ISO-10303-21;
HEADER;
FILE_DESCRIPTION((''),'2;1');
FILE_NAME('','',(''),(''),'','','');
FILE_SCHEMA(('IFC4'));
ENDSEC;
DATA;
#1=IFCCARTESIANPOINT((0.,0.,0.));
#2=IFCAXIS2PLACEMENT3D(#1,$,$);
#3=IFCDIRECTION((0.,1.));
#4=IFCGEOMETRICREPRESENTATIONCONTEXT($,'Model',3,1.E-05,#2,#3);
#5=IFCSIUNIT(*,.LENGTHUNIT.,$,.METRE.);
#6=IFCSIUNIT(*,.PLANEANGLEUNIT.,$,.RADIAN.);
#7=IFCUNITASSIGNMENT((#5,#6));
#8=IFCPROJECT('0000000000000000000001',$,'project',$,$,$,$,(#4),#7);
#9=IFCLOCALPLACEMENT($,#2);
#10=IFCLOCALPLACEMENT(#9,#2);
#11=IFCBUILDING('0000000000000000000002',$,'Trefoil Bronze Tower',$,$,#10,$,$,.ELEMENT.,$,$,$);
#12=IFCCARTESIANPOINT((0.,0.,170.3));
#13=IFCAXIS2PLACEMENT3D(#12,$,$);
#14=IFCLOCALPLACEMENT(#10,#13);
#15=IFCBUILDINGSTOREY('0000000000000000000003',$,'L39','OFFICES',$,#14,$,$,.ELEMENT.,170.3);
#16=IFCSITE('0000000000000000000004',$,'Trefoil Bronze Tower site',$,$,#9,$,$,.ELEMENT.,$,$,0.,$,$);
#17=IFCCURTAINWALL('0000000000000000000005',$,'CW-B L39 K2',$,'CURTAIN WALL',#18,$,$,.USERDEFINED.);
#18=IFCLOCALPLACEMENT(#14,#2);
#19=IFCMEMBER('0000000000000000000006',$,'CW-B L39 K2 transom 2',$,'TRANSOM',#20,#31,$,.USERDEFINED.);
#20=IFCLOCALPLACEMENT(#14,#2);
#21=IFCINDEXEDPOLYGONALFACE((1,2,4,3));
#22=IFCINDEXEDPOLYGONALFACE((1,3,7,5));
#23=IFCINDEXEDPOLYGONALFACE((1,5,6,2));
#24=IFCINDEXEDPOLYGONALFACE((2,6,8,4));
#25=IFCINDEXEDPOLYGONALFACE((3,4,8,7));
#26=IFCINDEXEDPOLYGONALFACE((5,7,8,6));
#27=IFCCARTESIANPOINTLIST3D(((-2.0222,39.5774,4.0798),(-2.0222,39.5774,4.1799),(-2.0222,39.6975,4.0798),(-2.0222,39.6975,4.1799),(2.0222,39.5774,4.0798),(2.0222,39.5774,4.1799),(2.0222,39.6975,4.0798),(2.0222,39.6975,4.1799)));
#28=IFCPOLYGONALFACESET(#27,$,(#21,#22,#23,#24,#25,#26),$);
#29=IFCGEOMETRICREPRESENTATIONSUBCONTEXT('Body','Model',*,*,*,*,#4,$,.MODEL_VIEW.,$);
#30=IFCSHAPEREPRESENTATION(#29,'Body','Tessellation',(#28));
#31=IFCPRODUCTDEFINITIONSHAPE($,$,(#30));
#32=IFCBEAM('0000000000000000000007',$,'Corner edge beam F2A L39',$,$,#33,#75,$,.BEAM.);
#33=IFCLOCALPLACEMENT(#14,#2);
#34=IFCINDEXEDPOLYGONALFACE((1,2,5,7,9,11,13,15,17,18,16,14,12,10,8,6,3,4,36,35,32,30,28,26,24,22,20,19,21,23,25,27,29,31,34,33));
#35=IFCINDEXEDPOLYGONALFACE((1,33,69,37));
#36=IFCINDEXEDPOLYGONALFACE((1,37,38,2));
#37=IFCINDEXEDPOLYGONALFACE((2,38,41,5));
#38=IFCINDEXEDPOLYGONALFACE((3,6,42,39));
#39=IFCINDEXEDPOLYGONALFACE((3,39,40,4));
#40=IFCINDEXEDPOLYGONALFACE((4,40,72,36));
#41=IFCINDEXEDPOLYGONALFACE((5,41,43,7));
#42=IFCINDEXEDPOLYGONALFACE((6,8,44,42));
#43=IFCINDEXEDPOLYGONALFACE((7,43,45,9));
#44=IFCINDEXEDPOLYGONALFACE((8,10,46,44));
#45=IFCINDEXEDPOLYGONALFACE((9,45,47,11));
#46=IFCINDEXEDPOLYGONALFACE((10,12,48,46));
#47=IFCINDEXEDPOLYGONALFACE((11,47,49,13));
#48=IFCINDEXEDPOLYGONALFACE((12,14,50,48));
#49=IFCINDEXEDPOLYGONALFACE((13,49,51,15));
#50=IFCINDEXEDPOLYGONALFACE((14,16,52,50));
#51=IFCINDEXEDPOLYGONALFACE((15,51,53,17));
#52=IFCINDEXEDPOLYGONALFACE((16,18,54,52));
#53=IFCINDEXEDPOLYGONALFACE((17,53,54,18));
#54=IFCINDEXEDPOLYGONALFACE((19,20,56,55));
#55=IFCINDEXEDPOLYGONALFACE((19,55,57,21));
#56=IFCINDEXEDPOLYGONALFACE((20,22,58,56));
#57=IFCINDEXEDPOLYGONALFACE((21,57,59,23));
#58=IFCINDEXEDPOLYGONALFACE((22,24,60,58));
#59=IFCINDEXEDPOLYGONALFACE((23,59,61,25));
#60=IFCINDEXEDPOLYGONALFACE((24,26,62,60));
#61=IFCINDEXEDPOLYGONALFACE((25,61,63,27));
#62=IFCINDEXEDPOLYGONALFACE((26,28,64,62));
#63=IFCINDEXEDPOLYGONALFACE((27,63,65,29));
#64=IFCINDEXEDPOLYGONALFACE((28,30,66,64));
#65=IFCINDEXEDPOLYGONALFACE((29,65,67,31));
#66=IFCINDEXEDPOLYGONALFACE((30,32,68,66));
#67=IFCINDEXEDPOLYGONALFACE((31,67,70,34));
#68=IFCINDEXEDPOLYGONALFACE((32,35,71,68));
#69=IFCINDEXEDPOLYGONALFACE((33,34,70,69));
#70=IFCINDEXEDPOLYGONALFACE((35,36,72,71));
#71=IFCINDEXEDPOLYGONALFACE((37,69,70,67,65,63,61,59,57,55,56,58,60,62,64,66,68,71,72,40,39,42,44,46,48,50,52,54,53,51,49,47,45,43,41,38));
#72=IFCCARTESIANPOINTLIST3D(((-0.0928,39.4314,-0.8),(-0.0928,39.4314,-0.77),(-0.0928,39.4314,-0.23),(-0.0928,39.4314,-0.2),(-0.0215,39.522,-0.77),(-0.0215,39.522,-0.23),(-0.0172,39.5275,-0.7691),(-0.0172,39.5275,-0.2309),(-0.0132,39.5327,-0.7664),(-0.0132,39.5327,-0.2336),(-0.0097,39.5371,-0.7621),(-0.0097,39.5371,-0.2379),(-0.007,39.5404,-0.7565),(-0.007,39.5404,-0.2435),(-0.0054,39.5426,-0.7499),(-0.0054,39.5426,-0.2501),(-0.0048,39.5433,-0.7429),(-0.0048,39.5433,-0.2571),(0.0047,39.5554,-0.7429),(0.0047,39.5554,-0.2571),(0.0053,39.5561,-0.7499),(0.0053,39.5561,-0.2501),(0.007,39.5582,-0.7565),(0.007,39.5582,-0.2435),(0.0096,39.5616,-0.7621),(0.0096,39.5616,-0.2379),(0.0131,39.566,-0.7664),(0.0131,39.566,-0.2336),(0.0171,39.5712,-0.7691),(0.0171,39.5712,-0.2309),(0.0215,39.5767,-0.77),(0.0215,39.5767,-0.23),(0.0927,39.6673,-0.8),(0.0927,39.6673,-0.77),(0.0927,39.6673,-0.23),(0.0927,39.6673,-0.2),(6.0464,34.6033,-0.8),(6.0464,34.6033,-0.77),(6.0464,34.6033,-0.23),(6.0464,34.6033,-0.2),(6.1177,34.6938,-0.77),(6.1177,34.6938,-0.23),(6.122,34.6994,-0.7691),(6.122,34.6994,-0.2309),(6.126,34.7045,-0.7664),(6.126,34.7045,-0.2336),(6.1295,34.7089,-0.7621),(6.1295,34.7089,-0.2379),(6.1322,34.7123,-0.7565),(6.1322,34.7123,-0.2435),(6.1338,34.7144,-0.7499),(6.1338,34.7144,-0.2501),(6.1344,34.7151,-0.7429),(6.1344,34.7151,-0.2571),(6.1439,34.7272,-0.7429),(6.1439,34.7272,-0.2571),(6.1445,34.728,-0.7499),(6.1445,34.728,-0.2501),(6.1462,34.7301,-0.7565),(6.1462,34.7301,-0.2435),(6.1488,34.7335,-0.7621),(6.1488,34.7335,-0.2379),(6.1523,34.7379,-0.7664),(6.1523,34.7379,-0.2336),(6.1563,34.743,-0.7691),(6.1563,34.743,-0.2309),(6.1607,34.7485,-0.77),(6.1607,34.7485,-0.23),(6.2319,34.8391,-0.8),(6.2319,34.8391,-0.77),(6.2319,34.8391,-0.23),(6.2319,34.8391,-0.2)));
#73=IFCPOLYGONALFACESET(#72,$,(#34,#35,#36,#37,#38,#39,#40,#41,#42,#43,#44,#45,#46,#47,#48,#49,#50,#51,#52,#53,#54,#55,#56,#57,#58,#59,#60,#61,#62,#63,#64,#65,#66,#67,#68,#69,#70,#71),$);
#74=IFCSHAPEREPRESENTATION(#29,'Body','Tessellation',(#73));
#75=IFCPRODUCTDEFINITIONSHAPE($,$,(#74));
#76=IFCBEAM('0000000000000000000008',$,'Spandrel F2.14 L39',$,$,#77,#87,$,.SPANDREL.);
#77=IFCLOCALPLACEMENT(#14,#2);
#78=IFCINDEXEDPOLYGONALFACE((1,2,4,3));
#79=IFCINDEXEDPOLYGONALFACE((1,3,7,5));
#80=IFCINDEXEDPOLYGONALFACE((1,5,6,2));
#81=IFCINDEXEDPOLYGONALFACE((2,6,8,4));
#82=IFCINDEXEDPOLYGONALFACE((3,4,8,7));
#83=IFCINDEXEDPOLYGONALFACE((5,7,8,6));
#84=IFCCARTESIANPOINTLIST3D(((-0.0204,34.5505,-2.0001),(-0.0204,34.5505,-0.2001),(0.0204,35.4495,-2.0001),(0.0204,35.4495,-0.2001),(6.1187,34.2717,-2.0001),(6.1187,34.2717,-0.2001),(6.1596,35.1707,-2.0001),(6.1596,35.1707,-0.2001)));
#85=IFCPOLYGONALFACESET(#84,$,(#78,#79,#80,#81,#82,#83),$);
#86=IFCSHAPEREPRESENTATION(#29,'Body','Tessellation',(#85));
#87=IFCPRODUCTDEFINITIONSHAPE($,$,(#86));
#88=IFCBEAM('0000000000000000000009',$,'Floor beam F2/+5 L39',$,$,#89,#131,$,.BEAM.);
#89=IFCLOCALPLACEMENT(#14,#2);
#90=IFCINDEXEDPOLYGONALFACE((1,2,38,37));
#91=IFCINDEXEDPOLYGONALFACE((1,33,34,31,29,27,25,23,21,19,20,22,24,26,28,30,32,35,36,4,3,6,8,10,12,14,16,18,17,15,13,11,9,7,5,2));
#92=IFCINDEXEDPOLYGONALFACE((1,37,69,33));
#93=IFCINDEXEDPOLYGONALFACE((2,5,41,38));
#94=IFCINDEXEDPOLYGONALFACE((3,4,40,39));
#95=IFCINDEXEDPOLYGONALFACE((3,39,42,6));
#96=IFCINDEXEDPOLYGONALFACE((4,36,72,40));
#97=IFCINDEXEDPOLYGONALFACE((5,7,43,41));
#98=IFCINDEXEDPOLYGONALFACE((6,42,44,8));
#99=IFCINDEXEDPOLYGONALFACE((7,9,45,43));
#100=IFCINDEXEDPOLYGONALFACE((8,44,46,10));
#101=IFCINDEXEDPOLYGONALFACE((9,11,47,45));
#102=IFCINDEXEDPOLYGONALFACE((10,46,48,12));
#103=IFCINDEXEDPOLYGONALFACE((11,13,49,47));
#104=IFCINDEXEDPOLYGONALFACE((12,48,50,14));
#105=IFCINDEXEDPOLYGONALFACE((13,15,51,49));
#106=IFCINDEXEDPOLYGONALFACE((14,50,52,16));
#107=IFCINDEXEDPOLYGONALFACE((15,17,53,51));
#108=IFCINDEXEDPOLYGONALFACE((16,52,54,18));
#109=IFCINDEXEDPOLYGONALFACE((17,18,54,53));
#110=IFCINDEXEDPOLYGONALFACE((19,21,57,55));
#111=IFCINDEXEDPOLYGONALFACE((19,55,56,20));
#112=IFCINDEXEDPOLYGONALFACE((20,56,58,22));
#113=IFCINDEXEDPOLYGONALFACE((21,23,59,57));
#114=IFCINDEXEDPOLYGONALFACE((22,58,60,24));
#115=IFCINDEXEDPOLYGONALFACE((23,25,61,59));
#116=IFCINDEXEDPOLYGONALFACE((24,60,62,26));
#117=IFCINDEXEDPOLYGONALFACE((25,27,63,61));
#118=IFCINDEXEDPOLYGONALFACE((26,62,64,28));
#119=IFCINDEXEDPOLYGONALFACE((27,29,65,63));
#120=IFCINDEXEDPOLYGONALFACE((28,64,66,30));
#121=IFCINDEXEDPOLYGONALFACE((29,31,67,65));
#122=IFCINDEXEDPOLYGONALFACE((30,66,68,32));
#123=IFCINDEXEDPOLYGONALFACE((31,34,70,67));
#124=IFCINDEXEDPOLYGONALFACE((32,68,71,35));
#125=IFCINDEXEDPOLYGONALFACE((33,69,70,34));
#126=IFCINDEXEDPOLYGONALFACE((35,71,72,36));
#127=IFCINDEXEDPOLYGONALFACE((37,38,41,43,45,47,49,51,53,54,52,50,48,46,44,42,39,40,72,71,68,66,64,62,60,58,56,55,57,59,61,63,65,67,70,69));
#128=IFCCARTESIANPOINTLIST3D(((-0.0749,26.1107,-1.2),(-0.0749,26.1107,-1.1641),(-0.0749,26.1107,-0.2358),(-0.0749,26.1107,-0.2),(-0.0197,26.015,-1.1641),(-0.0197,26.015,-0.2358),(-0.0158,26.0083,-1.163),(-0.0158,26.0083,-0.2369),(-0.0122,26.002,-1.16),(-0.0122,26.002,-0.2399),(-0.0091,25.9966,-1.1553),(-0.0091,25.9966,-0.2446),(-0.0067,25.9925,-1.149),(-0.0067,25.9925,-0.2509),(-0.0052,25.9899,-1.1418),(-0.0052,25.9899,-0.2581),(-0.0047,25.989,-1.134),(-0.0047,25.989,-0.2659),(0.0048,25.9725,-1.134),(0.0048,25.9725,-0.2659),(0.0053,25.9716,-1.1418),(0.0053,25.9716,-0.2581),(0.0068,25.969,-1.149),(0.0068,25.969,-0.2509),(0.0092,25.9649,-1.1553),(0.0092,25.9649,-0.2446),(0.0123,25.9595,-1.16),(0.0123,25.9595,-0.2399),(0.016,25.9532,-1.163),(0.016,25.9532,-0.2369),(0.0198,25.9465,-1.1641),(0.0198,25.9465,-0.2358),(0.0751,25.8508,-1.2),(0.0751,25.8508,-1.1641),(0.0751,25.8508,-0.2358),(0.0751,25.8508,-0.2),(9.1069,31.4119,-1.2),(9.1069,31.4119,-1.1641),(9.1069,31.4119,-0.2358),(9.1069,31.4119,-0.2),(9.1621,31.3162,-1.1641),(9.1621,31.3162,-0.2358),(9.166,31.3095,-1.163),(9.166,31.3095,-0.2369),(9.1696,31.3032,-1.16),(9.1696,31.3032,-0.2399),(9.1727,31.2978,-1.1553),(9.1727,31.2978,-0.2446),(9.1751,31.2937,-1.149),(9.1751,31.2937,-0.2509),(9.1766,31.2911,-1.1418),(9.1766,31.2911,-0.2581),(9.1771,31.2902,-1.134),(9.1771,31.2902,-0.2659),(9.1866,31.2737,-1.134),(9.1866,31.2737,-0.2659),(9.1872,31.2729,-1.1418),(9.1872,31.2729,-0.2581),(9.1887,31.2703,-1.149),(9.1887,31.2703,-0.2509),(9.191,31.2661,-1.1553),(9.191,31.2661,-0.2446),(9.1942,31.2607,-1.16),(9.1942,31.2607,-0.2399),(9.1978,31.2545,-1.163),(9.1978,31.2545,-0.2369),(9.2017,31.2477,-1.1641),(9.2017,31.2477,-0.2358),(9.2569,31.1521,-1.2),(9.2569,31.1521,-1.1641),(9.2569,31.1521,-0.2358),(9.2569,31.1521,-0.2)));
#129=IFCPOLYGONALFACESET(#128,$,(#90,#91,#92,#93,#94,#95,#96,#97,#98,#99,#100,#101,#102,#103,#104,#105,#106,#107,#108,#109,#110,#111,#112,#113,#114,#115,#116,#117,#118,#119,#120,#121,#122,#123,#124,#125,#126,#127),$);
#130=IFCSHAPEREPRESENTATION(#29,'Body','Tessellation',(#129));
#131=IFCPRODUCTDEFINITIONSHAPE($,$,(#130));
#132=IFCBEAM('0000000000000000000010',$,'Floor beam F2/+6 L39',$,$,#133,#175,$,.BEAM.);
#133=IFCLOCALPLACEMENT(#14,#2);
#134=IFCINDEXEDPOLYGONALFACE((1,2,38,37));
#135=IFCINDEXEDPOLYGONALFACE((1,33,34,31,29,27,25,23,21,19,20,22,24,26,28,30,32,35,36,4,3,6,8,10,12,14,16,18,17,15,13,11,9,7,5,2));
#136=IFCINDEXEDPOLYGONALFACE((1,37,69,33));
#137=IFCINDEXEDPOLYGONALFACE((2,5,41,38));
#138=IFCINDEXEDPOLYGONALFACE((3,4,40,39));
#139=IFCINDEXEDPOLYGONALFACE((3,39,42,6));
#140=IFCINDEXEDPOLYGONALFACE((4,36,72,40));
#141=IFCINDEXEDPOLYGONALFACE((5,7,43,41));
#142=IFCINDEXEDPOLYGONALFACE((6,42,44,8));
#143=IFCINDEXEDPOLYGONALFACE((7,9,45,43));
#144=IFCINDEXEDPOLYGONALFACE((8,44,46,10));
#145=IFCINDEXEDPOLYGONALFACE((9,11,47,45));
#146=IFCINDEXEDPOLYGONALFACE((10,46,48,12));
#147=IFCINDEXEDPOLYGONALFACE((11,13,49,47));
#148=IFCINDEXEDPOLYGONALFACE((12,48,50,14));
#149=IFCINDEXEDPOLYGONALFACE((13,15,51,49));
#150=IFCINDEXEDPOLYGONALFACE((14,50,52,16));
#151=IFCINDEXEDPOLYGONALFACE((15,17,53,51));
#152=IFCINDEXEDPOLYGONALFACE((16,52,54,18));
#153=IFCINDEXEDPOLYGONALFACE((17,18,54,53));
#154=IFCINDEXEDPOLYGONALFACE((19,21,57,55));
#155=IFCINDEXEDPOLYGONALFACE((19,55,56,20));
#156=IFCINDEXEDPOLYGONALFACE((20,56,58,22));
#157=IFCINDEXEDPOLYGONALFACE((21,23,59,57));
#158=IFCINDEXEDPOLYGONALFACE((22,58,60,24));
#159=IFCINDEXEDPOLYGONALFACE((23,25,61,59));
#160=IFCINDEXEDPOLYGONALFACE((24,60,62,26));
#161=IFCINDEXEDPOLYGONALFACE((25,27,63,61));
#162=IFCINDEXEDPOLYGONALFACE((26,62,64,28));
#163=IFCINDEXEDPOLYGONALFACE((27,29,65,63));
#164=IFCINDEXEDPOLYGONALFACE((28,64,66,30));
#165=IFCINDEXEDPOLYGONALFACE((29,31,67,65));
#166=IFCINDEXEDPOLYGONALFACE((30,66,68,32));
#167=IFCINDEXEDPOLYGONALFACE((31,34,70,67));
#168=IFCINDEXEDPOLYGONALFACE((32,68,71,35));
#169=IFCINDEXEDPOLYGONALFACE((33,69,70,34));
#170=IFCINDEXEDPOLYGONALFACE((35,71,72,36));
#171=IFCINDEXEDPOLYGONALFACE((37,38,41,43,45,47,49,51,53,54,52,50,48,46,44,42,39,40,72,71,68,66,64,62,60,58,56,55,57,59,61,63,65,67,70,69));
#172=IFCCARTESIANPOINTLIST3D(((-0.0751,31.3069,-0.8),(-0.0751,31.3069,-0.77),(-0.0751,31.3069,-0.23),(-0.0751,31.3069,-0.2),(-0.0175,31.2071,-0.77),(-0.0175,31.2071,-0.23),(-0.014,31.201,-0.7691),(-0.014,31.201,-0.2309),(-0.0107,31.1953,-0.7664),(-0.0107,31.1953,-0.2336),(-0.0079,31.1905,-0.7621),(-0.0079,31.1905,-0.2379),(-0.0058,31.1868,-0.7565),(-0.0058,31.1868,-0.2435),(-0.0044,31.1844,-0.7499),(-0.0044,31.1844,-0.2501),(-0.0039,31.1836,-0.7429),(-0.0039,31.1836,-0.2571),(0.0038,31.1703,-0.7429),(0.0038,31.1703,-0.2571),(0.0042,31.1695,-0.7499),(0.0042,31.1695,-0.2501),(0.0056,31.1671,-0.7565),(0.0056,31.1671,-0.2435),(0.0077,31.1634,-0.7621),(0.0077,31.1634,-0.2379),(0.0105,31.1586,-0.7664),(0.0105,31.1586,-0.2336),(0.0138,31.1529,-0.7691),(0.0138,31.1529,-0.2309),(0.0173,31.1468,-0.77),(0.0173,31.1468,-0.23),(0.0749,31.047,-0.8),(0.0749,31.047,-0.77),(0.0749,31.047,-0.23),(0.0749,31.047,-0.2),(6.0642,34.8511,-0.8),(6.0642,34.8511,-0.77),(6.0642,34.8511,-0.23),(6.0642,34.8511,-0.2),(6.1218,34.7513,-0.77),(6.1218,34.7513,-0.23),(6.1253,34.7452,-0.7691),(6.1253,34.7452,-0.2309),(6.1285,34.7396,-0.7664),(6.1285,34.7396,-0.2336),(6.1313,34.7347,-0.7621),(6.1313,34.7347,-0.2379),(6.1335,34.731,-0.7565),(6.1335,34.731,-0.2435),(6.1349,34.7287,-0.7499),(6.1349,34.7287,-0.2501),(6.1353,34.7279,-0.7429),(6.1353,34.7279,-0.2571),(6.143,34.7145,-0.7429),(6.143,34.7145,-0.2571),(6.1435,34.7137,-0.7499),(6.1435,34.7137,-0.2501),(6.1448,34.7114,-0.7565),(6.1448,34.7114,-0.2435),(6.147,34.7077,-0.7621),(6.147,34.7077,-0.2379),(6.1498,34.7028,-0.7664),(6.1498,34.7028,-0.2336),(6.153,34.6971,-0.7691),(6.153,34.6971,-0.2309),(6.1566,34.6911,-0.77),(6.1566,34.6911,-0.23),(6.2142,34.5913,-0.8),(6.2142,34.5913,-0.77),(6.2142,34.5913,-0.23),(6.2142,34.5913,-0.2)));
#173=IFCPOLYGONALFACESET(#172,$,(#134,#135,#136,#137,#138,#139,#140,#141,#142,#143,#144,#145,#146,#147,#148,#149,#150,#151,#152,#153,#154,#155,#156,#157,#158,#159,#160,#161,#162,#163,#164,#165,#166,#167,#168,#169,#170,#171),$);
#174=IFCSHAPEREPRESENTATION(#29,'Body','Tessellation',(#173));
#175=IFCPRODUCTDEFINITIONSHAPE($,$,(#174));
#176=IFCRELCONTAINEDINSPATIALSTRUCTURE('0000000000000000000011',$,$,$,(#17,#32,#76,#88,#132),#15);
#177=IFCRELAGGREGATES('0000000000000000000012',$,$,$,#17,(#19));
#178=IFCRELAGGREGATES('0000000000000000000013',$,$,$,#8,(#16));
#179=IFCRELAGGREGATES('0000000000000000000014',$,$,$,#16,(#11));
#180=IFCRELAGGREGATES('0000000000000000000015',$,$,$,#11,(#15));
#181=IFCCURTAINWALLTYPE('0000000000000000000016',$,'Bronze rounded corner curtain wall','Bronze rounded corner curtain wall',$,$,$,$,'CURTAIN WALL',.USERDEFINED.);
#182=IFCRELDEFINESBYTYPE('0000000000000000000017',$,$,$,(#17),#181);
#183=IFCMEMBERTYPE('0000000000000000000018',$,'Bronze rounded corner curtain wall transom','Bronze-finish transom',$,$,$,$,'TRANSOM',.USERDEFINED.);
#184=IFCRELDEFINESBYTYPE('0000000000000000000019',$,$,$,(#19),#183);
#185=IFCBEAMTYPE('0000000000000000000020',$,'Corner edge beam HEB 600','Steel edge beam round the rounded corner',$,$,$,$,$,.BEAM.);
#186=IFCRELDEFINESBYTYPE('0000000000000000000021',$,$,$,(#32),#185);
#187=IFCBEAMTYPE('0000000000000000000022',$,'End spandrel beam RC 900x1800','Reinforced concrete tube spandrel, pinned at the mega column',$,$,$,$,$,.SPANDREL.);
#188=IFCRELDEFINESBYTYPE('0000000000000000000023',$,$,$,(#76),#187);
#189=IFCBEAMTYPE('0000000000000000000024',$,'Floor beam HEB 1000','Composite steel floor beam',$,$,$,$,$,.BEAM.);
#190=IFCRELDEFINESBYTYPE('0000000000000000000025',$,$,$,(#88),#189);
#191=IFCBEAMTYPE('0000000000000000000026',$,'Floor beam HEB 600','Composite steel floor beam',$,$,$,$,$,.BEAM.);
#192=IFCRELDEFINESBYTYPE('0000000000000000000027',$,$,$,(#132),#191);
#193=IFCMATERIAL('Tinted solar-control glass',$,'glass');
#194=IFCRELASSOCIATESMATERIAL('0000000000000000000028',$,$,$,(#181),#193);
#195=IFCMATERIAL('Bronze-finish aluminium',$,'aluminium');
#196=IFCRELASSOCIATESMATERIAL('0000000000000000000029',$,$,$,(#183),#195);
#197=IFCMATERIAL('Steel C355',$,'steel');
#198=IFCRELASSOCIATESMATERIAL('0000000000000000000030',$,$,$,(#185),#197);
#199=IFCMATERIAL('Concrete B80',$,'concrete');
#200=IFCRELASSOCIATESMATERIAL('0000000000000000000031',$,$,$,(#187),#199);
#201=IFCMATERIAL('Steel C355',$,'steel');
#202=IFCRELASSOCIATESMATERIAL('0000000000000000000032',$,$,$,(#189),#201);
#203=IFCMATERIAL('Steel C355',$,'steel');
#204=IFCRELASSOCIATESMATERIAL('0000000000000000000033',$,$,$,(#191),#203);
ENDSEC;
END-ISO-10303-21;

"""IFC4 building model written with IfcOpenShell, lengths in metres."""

from ifc_helpers import new_model, si_unit, direction, frame, origin, origin_2d, place, context, subcontext, project, spatial, rectangle, i_section, extrude, material, material_profile, profile_set, type_object, element, aggregate, save


model = new_model("IFC4")

# Units and contexts
model_context = context("Model", 3, precision=1e-05, world=origin(), true_north=direction((0.0, 1.0)))
body_context = subcontext(model_context, "Body", "Model", "MODEL_VIEW")
ifc_project = project(units=[si_unit("LENGTHUNIT", "METRE"), si_unit("PLANEANGLEUNIT", "RADIAN")], contexts=[model_context])

# Site, building, storey
site_placement = place(None, origin())
site = spatial("IfcSite", under=ifc_project, at=site_placement, Name="Trefoil Bronze Tower site", CompositionType="ELEMENT", RefElevation=0.0)
building_placement = place(site_placement, origin())
building = spatial("IfcBuilding", under=site, at=building_placement, Name="Trefoil Bronze Tower", CompositionType="ELEMENT")
storey_placement = place(building_placement, frame((0.0, 0.0, 170.3)))
storey = spatial("IfcBuildingStorey", under=building, at=storey_placement, Name="L39", Description="OFFICES", CompositionType="ELEMENT", Elevation=170.3)

# Curtain wall, member
ifc_material_1 = material(Name="Tinted solar-control glass", Category="glass")
curtain_wall_type_1 = type_object("IfcCurtainWallType", Name="Bronze rounded corner curtain wall", Description="Bronze rounded corner curtain wall", ElementType="CURTAIN WALL", PredefinedType="USERDEFINED", material=ifc_material_1)
curtain_wall_1_placement = place(storey_placement, origin())
curtain_wall_1 = element("IfcCurtainWall", 1, at=curtain_wall_1_placement, inside=storey, type_object=curtain_wall_type_1, Name="CW-B L39 K2", ObjectType="CURTAIN WALL", PredefinedType="USERDEFINED")
ifc_material_2 = material(Name="Bronze-finish aluminium", Category="aluminium")
ifc_material_profile_1 = material_profile(ifc_material_2, rectangle(XDim=0.1201, YDim=0.1001, at=origin_2d()), Name="CW-B transom")
ifc_profile_set_1 = profile_set([ifc_material_profile_1], Name="Bronze-finish aluminium")
member_type_1 = type_object("IfcMemberType", Name="Bronze rounded corner curtain wall transom", Description="Bronze-finish transom", ElementType="TRANSOM", PredefinedType="USERDEFINED", material=ifc_profile_set_1)
member_1_placement = place(storey_placement, frame((2.0222, 39.6375, 4.1299), z_axis=(-1.0, 0.0, 0.0), x_axis=(0.0, -1.0, 0.0)))
member_1 = element("IfcMember", 2, at=member_1_placement, type_object=member_type_1, Name="CW-B L39 K2 transom 2", ObjectType="TRANSOM", PredefinedType="USERDEFINED", context=body_context, shape_type="SweptSolid", body=[
    extrude(rectangle(XDim=0.1201, YDim=0.1001, at=origin_2d()), origin(), (0.0, 0.0, 1.0), 4.0444),
])

# Beams
ifc_material_3 = material(Name="Steel C355", Category="steel")
ifc_material_profile_2 = material_profile(ifc_material_3, i_section(OverallWidth=0.3, OverallDepth=0.6001, WebThickness=0.0154, FlangeThickness=0.03, FilletRadius=0.0271, at=origin_2d()), Name="HEB 600")
ifc_profile_set_2 = profile_set([ifc_material_profile_2], Name="Steel C355")
beam_type_1 = type_object("IfcBeamType", Name="Corner edge beam HEB 600", Description="Steel edge beam round the rounded corner", PredefinedType="BEAM", material=ifc_profile_set_2)
beam_1_placement = place(storey_placement, frame((6.1392, 34.7212, -0.5), z_axis=(-0.786038, 0.618178, 0.0), x_axis=(-0.618178, -0.786038, 0.0)))
element("IfcBeam", 3, at=beam_1_placement, inside=storey, type_object=beam_type_1, Name="Corner edge beam F2A L39", PredefinedType="BEAM", context=body_context, shape_type="SweptSolid", body=[
    extrude(i_section(OverallWidth=0.3, OverallDepth=0.6001, WebThickness=0.0154, FlangeThickness=0.03, FilletRadius=0.0271, at=origin_2d()), origin(), (0.0, 0.0, 1.0), 7.8103),
])
ifc_material_4 = material(Name="Concrete B80", Category="concrete")
ifc_material_profile_3 = material_profile(ifc_material_4, rectangle(XDim=0.8999, YDim=1.8, at=origin_2d()), Name="RC 900x1800")
ifc_profile_set_3 = profile_set([ifc_material_profile_3], Name="Concrete B80")
beam_type_2 = type_object("IfcBeamType", Name="End spandrel beam RC 900x1800", Description="Reinforced concrete tube spandrel, pinned at the mega column", PredefinedType="SPANDREL", material=ifc_profile_set_3)
beam_2_placement = place(storey_placement, frame((6.1392, 34.7212, -1.1001), z_axis=(-0.99897, 0.045368, 0.0), x_axis=(-0.045368, -0.99897, 0.0)))
element("IfcBeam", 4, at=beam_2_placement, inside=storey, type_object=beam_type_2, Name="Spandrel F2.14 L39", PredefinedType="SPANDREL", context=body_context, shape_type="SweptSolid", body=[
    extrude(rectangle(XDim=0.8999, YDim=1.8, at=origin_2d()), origin(), (0.0, 0.0, 1.0), 6.1455),
])
ifc_material_5 = material(Name="Steel C355", Category="steel")
ifc_material_profile_4 = material_profile(ifc_material_5, i_section(OverallWidth=0.3, OverallDepth=1.0, WebThickness=0.019, FlangeThickness=0.0359, FilletRadius=0.03, at=origin_2d()), Name="HEB 1000")
ifc_profile_set_4 = profile_set([ifc_material_profile_4], Name="Steel C355")
beam_type_3 = type_object("IfcBeamType", Name="Floor beam HEB 1000", Description="Composite steel floor beam", PredefinedType="BEAM", material=ifc_profile_set_4)
beam_3_placement = place(storey_placement, frame((9.1819, 31.282, -0.7), z_axis=(-0.866021, -0.500007, 0.0), x_axis=(0.500007, -0.866021, 0.0)))
element("IfcBeam", 5, at=beam_3_placement, inside=storey, type_object=beam_type_3, Name="Floor beam F2/+5 L39", PredefinedType="BEAM", context=body_context, shape_type="SweptSolid", body=[
    extrude(i_section(OverallWidth=0.3, OverallDepth=1.0, WebThickness=0.019, FlangeThickness=0.0359, FilletRadius=0.03, at=origin_2d()), origin(), (0.0, 0.0, 1.0), 10.6023),
])
ifc_material_6 = material(Name="Steel C355", Category="steel")
ifc_material_profile_5 = material_profile(ifc_material_6, i_section(OverallWidth=0.3, OverallDepth=0.6001, WebThickness=0.0154, FlangeThickness=0.03, FilletRadius=0.0271, at=origin_2d()), Name="HEB 600")
ifc_profile_set_5 = profile_set([ifc_material_profile_5], Name="Steel C355")
beam_type_4 = type_object("IfcBeamType", Name="Floor beam HEB 600", Description="Composite steel floor beam", PredefinedType="BEAM", material=ifc_profile_set_5)
beam_4_placement = place(storey_placement, frame((6.1392, 34.7212, -0.5), z_axis=(-0.866041, -0.499973, 0.0), x_axis=(0.499973, -0.866041, 0.0)))
element("IfcBeam", 6, at=beam_4_placement, inside=storey, type_object=beam_type_4, Name="Floor beam F2/+6 L39", PredefinedType="BEAM", context=body_context, shape_type="SweptSolid", body=[
    extrude(i_section(OverallWidth=0.3, OverallDepth=0.6001, WebThickness=0.0154, FlangeThickness=0.03, FilletRadius=0.0271, at=origin_2d()), origin(), (0.0, 0.0, 1.0), 7.0889),
])

aggregate(curtain_wall_1, [member_1])

save(model, "model.ifc")
